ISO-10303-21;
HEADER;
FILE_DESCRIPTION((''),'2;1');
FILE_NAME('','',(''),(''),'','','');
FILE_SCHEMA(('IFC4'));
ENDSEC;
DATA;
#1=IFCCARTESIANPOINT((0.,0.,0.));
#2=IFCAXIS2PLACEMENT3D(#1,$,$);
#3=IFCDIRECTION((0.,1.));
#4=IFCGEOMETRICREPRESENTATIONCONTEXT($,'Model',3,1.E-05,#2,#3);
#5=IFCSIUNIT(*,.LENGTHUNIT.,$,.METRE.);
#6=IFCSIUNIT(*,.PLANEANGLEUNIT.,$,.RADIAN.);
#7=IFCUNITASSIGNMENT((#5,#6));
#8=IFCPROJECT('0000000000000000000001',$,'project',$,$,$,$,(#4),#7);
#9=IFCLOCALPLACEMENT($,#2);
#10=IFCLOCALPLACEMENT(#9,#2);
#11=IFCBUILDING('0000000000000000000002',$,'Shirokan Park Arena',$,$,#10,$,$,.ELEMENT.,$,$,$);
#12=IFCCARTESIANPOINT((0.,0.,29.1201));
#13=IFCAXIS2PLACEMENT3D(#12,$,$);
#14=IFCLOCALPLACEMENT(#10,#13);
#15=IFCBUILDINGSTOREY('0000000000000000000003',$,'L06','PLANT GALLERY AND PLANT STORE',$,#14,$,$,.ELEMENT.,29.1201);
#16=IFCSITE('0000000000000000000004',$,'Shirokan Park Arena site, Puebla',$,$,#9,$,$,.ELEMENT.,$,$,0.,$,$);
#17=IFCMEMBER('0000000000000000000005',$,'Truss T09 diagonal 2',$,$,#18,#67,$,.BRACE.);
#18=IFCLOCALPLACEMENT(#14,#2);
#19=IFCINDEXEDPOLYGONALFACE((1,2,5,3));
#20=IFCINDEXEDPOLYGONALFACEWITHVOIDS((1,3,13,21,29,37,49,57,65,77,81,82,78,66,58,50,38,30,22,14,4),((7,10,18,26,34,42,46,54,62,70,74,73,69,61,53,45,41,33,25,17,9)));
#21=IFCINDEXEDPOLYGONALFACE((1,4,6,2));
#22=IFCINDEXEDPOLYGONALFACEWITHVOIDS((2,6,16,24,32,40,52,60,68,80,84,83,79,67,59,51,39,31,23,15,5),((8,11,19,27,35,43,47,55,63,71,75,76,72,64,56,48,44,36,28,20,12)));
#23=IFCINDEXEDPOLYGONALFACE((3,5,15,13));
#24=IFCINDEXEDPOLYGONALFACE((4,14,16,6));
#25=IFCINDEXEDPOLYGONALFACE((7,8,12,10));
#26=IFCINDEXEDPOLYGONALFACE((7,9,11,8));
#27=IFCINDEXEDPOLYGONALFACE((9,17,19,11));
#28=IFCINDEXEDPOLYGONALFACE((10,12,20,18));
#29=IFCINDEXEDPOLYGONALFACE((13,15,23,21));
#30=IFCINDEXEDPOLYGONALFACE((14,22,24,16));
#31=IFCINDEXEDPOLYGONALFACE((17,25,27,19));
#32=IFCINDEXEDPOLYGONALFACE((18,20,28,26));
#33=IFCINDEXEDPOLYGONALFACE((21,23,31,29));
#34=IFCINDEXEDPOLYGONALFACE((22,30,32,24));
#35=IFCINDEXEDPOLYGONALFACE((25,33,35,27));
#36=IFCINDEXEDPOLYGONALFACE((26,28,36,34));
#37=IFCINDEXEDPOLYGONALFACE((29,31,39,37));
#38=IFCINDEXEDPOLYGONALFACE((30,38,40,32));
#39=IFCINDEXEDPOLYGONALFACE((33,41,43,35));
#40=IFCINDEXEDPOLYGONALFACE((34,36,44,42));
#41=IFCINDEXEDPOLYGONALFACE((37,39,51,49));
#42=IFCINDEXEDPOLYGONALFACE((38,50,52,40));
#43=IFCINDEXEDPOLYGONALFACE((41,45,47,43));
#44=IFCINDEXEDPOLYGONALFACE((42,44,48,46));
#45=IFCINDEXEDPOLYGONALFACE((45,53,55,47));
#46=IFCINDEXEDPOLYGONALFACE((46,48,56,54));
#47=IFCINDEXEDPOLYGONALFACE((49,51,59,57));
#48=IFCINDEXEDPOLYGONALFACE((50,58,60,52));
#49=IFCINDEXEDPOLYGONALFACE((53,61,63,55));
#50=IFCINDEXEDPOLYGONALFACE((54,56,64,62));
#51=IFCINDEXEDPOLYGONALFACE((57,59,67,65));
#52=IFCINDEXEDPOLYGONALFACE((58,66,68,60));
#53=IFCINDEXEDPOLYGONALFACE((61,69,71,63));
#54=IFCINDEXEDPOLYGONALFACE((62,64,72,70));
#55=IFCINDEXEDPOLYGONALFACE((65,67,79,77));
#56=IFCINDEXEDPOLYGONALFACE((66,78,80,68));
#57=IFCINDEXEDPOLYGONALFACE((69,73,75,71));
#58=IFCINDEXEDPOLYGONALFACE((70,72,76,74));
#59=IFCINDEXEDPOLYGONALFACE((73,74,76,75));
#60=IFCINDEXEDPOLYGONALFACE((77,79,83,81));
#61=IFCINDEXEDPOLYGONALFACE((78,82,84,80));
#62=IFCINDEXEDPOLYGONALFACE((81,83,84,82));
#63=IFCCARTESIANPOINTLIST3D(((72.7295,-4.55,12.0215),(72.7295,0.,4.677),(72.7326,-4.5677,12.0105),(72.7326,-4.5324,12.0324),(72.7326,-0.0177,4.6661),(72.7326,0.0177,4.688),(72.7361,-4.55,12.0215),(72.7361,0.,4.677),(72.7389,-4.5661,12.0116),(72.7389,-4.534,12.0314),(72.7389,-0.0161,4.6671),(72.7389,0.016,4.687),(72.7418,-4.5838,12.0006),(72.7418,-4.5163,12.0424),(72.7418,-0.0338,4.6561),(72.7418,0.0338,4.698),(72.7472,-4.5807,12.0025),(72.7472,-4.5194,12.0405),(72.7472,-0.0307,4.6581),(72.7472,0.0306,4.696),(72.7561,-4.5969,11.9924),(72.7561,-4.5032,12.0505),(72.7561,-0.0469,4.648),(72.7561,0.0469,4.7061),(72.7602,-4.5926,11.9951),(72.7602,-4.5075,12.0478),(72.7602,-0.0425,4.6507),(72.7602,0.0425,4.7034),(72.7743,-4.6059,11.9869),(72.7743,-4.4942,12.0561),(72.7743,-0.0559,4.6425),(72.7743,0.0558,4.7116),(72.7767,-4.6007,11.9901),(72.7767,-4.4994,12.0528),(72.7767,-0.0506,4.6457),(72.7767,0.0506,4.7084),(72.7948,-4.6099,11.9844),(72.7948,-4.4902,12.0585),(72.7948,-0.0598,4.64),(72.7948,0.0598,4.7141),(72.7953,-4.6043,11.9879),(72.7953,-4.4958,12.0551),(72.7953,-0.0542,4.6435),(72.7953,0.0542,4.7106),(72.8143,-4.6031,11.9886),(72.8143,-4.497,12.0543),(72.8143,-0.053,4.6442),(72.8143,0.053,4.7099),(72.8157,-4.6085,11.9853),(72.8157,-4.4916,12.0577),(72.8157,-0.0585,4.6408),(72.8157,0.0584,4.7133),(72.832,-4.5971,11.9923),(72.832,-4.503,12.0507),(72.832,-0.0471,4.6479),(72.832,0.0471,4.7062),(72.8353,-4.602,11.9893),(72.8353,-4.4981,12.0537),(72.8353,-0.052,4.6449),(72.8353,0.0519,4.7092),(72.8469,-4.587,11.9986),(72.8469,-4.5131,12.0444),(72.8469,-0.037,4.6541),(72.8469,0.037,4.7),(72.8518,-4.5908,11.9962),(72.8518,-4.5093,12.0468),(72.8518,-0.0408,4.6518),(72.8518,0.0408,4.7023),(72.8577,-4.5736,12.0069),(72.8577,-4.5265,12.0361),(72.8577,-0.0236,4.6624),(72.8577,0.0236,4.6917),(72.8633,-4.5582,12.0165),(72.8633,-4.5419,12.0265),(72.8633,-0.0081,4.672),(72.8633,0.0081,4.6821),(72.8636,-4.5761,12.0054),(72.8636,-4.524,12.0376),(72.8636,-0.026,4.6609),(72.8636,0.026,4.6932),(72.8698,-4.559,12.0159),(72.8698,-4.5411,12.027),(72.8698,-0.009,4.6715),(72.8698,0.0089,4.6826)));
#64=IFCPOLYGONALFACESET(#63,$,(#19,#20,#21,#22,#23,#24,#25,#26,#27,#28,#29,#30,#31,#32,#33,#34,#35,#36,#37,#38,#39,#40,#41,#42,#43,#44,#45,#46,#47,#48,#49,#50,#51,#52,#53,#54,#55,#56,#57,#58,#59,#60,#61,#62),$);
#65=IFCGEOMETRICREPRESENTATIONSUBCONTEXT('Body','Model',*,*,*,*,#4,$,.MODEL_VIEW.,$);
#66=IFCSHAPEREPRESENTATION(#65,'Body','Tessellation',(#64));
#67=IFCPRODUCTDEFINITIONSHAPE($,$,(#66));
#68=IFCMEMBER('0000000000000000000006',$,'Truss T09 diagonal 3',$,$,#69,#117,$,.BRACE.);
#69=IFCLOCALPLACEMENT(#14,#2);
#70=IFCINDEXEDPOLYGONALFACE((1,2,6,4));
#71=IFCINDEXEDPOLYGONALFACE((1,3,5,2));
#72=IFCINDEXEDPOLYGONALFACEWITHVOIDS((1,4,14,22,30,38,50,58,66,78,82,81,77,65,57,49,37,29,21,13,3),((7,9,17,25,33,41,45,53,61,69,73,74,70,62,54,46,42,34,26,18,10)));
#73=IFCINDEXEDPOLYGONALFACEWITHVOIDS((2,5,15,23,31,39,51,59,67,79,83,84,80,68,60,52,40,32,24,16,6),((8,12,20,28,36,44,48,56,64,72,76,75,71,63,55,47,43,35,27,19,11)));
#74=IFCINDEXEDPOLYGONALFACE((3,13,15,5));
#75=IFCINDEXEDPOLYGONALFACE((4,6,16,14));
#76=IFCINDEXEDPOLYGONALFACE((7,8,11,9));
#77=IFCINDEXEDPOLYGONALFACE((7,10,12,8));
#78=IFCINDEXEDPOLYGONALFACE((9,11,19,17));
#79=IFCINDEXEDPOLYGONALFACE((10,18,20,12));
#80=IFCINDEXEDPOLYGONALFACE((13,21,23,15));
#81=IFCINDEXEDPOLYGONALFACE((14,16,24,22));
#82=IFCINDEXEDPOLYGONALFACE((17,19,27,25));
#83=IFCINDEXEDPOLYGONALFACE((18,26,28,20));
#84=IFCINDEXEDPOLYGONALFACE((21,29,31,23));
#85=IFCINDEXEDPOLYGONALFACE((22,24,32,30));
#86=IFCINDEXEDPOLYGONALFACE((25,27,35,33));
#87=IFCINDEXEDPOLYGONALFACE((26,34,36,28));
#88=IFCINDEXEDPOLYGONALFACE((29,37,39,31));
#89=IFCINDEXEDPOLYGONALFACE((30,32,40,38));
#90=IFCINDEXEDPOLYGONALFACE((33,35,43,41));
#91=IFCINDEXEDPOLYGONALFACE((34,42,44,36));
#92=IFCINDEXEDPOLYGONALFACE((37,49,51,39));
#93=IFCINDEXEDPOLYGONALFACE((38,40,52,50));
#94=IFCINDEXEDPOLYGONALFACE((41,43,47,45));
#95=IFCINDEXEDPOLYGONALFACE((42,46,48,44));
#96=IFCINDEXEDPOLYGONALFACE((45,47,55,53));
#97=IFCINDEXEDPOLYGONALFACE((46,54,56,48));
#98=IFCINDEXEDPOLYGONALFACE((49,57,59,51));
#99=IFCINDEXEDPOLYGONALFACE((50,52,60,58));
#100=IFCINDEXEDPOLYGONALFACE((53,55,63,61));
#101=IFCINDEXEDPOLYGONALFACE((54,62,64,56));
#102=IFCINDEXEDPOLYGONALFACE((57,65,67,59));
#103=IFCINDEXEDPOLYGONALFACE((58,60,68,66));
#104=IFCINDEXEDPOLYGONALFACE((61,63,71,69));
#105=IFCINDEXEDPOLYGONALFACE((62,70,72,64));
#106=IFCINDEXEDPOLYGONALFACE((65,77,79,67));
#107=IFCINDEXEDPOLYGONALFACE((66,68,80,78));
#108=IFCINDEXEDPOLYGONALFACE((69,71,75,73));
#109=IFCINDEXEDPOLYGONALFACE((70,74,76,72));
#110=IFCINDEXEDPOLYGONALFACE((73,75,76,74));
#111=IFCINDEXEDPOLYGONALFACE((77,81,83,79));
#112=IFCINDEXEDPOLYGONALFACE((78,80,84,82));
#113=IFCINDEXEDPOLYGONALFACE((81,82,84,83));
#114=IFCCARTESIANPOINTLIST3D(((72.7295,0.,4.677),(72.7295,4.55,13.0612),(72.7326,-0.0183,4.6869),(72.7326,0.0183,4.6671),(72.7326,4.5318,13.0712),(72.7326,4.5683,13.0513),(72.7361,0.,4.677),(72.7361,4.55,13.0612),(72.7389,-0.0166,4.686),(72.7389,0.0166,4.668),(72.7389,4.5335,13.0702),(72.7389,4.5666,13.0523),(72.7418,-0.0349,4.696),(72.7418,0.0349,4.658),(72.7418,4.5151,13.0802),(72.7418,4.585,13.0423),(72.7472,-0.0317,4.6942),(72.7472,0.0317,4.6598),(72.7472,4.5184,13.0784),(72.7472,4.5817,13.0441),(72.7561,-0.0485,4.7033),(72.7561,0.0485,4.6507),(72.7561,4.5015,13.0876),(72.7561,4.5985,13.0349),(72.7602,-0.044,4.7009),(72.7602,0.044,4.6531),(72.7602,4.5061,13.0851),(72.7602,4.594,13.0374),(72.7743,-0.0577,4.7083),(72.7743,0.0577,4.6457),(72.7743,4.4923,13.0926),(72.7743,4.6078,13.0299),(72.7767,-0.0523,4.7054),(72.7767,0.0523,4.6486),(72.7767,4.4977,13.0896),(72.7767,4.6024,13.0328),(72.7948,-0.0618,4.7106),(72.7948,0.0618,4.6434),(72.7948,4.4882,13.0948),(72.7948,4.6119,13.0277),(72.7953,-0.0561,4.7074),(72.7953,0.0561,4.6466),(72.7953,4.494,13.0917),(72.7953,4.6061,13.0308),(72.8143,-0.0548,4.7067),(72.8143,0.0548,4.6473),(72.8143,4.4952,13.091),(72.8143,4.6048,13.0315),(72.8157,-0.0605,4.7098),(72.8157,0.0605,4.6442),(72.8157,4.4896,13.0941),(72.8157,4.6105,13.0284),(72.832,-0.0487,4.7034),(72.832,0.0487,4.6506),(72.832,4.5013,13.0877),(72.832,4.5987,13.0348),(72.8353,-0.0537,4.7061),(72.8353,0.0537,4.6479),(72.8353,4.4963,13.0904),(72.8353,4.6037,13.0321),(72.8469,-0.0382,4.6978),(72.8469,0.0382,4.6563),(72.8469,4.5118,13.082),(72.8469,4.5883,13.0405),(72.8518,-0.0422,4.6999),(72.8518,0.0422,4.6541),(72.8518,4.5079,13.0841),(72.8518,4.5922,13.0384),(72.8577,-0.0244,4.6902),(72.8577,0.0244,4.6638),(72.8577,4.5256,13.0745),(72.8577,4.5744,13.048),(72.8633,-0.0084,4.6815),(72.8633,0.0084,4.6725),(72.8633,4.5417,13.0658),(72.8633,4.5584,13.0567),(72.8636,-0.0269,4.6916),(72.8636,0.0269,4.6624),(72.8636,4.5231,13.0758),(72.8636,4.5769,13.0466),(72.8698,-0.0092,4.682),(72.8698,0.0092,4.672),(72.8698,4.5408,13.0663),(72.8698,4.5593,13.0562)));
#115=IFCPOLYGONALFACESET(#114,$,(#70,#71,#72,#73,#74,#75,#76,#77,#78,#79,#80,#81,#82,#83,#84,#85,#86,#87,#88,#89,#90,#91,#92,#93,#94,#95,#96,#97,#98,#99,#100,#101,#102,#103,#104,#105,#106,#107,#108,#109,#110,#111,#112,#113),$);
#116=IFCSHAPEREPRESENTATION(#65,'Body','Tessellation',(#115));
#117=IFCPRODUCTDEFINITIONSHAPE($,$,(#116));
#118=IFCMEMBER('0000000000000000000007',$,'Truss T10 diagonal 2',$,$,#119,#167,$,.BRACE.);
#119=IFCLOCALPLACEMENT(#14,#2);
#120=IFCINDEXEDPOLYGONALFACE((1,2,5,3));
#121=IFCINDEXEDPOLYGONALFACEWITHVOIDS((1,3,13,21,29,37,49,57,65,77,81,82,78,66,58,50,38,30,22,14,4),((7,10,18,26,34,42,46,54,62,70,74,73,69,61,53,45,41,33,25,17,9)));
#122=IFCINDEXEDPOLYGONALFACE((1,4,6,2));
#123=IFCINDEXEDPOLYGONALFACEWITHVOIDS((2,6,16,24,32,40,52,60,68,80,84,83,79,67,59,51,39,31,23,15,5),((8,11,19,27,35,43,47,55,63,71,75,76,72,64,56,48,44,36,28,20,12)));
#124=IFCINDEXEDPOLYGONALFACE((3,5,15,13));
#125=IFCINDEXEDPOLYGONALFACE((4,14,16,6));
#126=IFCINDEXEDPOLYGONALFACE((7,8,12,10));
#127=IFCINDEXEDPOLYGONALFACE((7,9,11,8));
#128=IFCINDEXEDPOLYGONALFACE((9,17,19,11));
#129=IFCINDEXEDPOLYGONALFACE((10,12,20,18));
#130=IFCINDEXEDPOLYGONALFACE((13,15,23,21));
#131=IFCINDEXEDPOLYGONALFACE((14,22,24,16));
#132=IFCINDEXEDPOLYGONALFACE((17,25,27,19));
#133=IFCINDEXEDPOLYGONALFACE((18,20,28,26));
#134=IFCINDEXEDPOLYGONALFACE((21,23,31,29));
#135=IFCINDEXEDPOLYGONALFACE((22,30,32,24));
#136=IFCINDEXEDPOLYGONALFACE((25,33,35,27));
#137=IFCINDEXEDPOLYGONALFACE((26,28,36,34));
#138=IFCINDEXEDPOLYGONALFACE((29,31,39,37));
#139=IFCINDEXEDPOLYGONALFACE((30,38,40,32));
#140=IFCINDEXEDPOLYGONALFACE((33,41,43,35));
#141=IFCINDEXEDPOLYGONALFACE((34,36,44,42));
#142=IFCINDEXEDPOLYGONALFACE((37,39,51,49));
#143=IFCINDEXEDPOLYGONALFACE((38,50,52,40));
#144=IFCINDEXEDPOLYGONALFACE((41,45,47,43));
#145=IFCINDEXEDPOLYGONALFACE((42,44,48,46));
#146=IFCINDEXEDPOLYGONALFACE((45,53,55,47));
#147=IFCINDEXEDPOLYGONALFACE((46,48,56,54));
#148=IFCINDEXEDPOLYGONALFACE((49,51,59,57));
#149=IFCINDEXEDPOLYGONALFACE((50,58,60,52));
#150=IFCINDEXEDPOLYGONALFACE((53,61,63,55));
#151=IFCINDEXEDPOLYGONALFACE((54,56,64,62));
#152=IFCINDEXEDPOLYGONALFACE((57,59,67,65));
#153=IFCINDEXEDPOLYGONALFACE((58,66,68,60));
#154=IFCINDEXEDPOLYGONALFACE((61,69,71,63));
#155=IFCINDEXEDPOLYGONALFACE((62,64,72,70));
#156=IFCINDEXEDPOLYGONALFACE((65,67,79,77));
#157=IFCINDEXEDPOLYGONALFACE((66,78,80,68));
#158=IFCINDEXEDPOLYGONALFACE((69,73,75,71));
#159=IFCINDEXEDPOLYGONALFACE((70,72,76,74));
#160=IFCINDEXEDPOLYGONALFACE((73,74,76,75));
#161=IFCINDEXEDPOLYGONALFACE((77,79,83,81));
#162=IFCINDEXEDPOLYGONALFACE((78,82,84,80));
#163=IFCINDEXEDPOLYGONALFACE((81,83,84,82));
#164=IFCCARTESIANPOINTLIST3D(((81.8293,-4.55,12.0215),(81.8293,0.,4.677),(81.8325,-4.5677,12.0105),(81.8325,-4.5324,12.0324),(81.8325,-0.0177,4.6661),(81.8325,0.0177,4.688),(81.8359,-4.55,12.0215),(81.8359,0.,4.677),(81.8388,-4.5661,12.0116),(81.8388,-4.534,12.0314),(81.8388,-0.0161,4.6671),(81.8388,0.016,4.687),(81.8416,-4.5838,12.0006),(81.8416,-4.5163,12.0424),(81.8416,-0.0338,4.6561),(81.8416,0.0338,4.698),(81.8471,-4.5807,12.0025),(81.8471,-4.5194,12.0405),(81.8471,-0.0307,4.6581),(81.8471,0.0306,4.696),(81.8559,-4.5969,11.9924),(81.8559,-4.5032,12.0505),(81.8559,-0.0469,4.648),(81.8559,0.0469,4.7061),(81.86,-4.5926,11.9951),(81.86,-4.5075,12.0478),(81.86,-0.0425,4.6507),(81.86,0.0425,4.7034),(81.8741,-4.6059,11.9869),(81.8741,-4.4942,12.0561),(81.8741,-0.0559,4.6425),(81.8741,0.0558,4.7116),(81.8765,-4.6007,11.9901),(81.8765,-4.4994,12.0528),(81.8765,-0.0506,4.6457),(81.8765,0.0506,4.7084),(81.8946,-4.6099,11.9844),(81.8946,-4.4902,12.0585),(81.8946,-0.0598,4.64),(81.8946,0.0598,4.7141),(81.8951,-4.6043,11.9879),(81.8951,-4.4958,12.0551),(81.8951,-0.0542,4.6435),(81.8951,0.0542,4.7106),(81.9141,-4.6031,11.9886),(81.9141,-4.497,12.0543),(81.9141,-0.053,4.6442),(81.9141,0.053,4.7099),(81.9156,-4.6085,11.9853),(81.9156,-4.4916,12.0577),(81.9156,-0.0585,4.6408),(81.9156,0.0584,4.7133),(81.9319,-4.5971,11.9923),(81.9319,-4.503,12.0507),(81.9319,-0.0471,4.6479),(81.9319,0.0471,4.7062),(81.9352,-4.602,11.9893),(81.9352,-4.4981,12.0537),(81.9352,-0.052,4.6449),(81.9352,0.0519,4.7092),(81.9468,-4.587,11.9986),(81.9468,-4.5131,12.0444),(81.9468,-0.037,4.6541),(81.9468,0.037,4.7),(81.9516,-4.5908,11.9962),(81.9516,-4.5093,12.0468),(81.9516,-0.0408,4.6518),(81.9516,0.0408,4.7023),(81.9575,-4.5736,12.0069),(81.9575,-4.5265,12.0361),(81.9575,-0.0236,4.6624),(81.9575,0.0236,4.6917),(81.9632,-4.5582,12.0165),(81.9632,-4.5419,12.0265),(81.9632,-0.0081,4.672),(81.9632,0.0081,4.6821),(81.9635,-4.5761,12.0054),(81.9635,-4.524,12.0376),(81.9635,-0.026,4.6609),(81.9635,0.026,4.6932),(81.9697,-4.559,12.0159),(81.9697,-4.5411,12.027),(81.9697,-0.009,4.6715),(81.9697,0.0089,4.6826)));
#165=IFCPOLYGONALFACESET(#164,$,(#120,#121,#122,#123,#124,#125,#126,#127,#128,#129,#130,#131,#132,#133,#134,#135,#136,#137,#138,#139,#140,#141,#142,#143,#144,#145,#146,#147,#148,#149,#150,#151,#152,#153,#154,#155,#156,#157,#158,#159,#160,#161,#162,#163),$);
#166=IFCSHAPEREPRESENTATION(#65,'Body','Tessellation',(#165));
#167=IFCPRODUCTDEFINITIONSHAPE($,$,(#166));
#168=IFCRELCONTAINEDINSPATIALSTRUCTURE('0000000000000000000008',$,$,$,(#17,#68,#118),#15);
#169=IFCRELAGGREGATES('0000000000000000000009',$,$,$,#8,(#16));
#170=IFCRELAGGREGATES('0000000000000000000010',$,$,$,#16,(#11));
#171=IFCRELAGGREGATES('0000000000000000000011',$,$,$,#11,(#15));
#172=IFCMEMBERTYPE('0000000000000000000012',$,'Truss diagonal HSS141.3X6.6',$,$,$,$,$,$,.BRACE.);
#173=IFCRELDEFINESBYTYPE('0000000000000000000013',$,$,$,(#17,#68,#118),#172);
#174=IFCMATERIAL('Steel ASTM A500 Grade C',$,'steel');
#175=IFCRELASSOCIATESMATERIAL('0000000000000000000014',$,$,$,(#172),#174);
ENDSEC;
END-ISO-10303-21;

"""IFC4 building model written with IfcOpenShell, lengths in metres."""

from ifc_helpers import new_model, si_unit, direction, frame, origin, origin_2d, place, context, subcontext, project, spatial, hollow_circle, extrude, material, material_profile, profile_set, type_object, element, save


model = new_model("IFC4")

# Units and contexts
model_context = context("Model", 3, precision=1e-05, world=origin(), true_north=direction((0.0, 1.0)))
body_context = subcontext(model_context, "Body", "Model", "MODEL_VIEW")
ifc_project = project(units=[si_unit("LENGTHUNIT", "METRE"), si_unit("PLANEANGLEUNIT", "RADIAN")], contexts=[model_context])

# Site, building, storey
site_placement = place(None, origin())
site = spatial("IfcSite", under=ifc_project, at=site_placement, Name="Shirokan Park Arena site, Puebla", CompositionType="ELEMENT", RefElevation=0.0)
building_placement = place(site_placement, origin())
building = spatial("IfcBuilding", under=site, at=building_placement, Name="Shirokan Park Arena", CompositionType="ELEMENT")
storey_placement = place(building_placement, frame((0.0, 0.0, 29.1201)))
storey = spatial("IfcBuildingStorey", under=building, at=storey_placement, Name="L06", Description="PLANT GALLERY AND PLANT STORE", CompositionType="ELEMENT", Elevation=29.1201)

# Shared definitions
ifc_material_1 = material(Name="Steel ASTM A500 Grade C", Category="steel")

# Members
ifc_material_profile_1 = material_profile(ifc_material_1, hollow_circle(Radius=0.0706, WallThickness=0.0066, at=origin_2d()), Name="HSS141.3X6.6")
ifc_profile_set_1 = profile_set([ifc_material_profile_1], Name="Steel ASTM A500 Grade C")
member_type_1 = type_object("IfcMemberType", Name="Truss diagonal HSS141.3X6.6", PredefinedType="BRACE", material=ifc_profile_set_1)
member_1_placement = place(storey_placement, frame((72.8, -4.55, 12.0215), z_axis=(0.0, 0.526644, -0.850086), x_axis=(-1.0, 0.0, 0.0)))
element("IfcMember", 1, at=member_1_placement, inside=storey, type_object=member_type_1, Name="Truss T09 diagonal 2", PredefinedType="BRACE", context=body_context, shape_type="SweptSolid", body=[
    extrude(hollow_circle(Radius=0.0706, WallThickness=0.0066, at=origin_2d()), origin(), (0.0, 0.0, 1.0), 8.6396),
])
member_2_placement = place(storey_placement, frame((72.8, 0.0, 4.677), z_axis=(0.0, 0.476977, 0.878916), x_axis=(-1.0, 0.0, 0.0)))
element("IfcMember", 2, at=member_2_placement, inside=storey, type_object=member_type_1, Name="Truss T09 diagonal 3", PredefinedType="BRACE", context=body_context, shape_type="SweptSolid", body=[
    extrude(hollow_circle(Radius=0.0706, WallThickness=0.0066, at=origin_2d()), origin(), (0.0, 0.0, 1.0), 9.5393),
])
member_3_placement = place(storey_placement, frame((81.8999, -4.55, 12.0215), z_axis=(0.0, 0.526644, -0.850086), x_axis=(-1.0, 0.0, 0.0)))
element("IfcMember", 3, at=member_3_placement, inside=storey, type_object=member_type_1, Name="Truss T10 diagonal 2", PredefinedType="BRACE", context=body_context, shape_type="SweptSolid", body=[
    extrude(hollow_circle(Radius=0.0706, WallThickness=0.0066, at=origin_2d()), origin(), (0.0, 0.0, 1.0), 8.6396),
])

save(model, "model.ifc")
